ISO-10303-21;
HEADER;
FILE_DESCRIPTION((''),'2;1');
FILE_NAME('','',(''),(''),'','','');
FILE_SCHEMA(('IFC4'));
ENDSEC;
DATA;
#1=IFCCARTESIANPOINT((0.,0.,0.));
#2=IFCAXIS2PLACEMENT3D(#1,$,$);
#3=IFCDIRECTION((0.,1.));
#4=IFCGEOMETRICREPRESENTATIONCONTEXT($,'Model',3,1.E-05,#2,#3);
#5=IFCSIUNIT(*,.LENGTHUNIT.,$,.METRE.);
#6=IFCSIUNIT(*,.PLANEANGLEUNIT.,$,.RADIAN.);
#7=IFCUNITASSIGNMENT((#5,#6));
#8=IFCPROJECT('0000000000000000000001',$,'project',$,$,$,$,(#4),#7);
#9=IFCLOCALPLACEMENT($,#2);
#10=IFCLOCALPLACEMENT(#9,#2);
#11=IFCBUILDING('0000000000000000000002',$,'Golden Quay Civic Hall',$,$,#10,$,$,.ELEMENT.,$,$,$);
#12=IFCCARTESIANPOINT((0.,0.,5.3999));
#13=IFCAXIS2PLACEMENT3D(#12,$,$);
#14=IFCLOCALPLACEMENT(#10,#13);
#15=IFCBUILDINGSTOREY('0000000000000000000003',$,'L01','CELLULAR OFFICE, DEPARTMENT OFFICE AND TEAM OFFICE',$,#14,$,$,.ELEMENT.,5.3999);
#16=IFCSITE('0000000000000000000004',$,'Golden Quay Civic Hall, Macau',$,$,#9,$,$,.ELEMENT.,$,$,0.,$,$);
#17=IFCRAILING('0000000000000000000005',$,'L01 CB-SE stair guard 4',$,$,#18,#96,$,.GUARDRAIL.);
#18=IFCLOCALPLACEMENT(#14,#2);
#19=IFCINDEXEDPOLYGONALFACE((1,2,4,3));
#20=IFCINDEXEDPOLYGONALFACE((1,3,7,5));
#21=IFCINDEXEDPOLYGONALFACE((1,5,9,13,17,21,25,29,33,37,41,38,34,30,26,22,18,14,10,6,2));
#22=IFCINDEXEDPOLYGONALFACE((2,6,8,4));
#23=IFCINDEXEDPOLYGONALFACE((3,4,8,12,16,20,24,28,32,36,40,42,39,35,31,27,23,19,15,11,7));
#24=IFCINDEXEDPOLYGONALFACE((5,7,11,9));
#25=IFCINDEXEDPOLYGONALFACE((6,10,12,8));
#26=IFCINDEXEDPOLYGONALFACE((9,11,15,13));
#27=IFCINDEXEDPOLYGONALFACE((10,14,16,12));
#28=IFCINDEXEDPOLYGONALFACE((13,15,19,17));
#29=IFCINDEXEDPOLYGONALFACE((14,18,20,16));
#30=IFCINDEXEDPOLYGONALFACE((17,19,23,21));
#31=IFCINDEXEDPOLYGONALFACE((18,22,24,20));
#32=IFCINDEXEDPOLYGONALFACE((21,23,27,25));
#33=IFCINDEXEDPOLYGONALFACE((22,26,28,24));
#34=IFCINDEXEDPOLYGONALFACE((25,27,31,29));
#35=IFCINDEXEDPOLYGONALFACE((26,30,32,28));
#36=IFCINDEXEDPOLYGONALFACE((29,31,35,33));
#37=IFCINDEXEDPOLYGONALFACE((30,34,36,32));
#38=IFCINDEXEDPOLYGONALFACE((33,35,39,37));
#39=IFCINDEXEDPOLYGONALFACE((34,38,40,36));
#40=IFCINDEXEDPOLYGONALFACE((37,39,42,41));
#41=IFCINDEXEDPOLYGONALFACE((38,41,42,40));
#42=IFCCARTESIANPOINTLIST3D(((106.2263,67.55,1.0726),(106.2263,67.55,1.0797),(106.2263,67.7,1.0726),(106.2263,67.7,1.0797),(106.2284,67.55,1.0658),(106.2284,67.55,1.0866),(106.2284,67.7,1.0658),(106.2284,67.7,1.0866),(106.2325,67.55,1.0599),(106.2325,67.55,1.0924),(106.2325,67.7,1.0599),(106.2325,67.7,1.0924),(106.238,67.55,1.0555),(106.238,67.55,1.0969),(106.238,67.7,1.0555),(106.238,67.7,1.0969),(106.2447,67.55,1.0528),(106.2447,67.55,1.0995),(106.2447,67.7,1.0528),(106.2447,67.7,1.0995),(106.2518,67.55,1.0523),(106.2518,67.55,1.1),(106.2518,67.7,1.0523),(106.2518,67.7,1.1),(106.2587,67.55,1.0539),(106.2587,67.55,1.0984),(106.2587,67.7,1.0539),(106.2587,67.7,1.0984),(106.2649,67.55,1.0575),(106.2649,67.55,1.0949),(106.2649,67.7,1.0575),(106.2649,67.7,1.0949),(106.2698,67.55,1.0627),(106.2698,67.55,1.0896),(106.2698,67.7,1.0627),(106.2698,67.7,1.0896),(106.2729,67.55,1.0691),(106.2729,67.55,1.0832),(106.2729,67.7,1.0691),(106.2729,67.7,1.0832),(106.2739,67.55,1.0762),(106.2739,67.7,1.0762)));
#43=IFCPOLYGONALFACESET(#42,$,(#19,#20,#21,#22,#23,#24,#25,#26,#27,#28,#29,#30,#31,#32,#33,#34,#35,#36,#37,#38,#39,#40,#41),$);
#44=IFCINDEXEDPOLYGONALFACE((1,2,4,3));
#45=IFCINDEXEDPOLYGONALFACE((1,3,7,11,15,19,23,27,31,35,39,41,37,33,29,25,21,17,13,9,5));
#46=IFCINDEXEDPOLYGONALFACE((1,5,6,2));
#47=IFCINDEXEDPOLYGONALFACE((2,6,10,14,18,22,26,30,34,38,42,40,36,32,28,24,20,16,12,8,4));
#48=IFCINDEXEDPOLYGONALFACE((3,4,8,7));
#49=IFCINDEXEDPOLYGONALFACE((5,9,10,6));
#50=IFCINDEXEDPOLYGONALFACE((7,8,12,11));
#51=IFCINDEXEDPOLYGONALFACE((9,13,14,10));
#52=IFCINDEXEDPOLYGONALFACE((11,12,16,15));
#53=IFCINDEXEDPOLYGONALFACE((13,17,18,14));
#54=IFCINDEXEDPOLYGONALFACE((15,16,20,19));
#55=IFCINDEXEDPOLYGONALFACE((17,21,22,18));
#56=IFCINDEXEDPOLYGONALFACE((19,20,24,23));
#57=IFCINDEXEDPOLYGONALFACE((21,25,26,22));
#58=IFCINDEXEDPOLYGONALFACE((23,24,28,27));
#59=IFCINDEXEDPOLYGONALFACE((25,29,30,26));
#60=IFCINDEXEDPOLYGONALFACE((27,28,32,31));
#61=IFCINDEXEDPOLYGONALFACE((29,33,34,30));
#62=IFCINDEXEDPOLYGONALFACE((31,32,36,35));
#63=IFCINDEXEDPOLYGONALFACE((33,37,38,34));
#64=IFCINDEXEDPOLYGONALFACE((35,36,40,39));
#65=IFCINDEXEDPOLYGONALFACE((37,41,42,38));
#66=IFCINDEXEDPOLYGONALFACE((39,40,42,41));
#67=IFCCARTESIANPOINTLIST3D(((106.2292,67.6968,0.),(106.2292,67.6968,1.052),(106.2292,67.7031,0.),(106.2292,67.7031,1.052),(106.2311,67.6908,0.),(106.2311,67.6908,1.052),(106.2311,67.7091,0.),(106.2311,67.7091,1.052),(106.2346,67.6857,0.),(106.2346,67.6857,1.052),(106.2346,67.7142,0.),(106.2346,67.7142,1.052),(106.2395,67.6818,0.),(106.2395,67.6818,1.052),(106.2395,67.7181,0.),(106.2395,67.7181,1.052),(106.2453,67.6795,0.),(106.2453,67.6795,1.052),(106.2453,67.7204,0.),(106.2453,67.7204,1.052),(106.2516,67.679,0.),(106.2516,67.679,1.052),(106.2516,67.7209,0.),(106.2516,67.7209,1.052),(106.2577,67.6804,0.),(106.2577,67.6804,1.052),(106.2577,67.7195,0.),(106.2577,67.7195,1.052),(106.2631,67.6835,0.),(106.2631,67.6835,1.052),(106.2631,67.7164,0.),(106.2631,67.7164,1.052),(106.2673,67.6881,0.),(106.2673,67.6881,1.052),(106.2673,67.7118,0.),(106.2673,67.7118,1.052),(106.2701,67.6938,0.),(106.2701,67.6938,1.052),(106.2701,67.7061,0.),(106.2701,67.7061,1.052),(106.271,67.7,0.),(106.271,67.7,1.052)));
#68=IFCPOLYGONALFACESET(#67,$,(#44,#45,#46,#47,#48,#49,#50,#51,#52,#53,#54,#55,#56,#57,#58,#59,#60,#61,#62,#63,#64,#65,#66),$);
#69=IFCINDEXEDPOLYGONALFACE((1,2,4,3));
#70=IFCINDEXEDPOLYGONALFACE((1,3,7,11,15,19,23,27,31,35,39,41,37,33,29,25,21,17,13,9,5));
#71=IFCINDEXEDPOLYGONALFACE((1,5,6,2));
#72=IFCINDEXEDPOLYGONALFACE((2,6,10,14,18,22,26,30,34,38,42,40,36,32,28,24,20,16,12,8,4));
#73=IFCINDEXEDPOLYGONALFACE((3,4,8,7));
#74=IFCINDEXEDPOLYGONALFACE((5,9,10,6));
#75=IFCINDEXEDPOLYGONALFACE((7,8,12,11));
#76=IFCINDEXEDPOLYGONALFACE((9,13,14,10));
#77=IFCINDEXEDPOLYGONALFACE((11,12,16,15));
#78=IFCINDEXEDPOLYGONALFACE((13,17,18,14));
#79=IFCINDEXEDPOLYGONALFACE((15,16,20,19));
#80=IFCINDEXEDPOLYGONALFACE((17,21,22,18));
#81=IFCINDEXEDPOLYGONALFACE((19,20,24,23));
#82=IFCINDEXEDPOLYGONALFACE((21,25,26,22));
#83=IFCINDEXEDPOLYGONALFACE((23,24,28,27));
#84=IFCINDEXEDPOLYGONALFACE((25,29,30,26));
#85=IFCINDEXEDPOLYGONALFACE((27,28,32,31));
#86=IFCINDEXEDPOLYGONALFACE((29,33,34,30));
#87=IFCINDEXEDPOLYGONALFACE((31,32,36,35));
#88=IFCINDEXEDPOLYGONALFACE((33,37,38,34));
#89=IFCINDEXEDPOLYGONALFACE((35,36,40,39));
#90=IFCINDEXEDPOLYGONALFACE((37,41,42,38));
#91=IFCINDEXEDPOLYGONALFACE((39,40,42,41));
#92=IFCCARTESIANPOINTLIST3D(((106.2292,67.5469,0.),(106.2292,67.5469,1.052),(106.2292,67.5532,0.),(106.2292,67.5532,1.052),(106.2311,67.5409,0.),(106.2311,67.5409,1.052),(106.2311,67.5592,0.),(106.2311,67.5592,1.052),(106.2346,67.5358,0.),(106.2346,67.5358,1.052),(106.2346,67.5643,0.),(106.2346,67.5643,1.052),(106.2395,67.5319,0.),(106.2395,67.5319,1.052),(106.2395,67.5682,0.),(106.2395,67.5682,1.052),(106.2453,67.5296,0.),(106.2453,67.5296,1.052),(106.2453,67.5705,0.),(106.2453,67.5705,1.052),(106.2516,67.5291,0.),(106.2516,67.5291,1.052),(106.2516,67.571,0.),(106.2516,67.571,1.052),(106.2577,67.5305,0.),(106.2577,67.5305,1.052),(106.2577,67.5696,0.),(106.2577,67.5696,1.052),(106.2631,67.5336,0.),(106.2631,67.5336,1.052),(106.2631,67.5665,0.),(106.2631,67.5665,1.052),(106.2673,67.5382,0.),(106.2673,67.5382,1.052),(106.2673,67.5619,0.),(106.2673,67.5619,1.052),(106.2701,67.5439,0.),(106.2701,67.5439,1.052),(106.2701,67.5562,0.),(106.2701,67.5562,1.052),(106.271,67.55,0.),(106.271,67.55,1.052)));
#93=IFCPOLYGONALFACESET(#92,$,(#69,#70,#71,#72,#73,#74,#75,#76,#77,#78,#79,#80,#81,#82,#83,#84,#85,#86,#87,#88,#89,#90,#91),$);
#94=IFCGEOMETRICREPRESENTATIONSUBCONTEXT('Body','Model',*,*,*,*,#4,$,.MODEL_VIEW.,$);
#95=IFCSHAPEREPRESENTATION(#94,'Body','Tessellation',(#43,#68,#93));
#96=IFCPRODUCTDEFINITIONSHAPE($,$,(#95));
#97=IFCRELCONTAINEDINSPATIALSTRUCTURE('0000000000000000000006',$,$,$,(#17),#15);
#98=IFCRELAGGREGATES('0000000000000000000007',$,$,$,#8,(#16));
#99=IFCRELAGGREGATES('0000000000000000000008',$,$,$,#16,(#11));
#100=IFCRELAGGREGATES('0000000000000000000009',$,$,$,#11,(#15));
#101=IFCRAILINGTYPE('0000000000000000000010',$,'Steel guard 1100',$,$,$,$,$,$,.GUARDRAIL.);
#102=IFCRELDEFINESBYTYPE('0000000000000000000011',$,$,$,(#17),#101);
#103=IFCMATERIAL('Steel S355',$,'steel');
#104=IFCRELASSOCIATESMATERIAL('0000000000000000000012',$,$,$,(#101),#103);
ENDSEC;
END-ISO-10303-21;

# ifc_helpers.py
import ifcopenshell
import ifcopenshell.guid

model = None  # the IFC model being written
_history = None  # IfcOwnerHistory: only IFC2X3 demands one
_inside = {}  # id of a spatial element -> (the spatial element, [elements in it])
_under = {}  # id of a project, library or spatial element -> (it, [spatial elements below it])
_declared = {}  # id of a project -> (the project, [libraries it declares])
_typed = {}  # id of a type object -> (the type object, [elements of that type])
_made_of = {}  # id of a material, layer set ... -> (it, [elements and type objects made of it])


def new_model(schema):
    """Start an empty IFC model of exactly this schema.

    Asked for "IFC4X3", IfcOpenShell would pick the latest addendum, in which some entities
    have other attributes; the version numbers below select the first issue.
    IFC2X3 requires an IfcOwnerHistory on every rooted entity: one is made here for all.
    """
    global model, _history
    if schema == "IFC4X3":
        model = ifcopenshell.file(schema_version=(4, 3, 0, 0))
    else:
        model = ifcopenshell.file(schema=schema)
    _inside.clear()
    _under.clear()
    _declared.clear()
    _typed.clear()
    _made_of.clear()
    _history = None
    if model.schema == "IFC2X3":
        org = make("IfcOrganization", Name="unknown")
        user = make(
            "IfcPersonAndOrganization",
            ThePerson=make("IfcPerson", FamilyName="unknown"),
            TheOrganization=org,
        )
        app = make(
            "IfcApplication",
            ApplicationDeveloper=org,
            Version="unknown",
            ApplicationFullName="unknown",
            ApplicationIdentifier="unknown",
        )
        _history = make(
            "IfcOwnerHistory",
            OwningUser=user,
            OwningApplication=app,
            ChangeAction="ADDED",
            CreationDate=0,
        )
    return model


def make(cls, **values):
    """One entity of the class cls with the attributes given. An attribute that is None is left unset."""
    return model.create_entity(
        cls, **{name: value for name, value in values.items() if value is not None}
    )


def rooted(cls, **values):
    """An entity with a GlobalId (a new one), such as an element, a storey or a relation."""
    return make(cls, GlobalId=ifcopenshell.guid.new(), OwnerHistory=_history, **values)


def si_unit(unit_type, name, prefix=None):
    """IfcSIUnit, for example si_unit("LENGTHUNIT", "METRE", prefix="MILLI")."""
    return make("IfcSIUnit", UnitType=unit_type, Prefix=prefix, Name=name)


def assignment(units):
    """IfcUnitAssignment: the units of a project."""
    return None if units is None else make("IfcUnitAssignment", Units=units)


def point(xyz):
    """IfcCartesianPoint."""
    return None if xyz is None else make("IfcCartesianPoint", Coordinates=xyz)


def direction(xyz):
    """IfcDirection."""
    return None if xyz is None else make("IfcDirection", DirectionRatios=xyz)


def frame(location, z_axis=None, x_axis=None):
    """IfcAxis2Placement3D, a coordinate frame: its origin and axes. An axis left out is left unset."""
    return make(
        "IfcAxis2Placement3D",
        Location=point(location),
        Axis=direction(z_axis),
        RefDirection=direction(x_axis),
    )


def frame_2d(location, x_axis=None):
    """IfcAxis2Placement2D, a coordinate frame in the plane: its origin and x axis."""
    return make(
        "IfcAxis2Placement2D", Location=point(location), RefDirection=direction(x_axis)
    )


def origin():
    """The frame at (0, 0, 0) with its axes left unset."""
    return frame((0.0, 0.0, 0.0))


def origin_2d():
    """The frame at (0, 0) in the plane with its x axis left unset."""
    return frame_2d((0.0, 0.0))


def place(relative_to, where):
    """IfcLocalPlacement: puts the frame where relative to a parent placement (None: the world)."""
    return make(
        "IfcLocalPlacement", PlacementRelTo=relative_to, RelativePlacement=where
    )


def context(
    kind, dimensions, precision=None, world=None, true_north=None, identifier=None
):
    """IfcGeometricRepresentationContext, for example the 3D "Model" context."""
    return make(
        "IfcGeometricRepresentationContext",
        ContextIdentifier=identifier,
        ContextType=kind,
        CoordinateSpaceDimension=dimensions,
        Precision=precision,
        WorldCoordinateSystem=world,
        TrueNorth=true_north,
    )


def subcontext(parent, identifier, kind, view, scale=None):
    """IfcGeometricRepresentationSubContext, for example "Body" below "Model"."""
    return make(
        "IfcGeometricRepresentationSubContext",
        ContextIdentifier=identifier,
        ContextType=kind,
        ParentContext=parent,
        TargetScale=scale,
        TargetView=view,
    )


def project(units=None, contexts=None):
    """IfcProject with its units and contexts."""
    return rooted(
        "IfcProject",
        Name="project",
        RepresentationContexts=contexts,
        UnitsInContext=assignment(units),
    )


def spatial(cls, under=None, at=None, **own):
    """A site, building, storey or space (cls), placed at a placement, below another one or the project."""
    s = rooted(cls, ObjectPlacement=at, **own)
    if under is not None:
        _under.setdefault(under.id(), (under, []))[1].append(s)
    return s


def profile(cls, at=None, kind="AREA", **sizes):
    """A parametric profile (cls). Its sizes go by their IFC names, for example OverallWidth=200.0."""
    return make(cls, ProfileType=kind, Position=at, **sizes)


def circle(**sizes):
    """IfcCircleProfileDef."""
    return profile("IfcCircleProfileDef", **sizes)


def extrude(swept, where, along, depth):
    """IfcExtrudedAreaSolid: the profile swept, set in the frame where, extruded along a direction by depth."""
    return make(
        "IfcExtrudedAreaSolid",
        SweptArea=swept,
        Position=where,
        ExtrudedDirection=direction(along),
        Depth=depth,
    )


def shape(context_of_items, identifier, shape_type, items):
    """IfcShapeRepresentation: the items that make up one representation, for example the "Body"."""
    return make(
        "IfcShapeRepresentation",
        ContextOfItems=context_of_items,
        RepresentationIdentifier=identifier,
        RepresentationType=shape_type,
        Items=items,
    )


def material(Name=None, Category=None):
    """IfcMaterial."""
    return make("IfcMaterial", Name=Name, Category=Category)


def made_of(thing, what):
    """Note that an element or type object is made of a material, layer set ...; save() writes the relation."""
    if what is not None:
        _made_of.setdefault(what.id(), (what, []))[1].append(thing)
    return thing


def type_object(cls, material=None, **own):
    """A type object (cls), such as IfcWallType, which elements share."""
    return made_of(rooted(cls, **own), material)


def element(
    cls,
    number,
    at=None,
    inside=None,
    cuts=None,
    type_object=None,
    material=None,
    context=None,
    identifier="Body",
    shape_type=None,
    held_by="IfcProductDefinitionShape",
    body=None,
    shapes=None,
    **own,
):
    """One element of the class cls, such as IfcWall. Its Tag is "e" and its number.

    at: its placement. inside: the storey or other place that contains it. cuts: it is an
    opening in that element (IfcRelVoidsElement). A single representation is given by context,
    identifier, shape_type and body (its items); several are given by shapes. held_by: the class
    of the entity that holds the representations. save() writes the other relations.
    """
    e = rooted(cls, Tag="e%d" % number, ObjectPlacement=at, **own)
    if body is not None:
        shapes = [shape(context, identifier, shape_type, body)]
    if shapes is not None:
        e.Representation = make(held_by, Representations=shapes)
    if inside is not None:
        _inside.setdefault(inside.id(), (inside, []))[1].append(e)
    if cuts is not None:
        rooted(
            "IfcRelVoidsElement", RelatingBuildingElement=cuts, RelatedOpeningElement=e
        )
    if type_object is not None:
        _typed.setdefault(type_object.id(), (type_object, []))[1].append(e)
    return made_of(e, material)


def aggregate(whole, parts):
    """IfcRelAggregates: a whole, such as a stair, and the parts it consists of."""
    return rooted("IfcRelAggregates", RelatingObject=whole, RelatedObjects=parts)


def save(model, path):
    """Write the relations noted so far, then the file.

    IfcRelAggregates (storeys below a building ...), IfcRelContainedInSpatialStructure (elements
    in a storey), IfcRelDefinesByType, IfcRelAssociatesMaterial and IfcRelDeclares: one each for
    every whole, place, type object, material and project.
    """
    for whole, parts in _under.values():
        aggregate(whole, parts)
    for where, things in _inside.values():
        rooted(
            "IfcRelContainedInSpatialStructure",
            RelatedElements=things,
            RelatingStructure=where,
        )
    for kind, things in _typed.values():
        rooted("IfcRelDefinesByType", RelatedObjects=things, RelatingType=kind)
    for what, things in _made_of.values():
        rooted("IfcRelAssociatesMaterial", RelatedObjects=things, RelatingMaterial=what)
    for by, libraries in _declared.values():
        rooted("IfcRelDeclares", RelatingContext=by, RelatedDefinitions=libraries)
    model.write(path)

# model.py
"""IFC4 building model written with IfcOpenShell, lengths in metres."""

from ifc_helpers import new_model, si_unit, direction, frame, origin, origin_2d, place, context, subcontext, project, spatial, circle, extrude, material, type_object, element, save


model = new_model("IFC4")

# Units and contexts
model_context = context("Model", 3, precision=1e-05, world=origin(), true_north=direction((0.0, 1.0)))
body_context = subcontext(model_context, "Body", "Model", "MODEL_VIEW")
ifc_project = project(units=[si_unit("LENGTHUNIT", "METRE"), si_unit("PLANEANGLEUNIT", "RADIAN")], contexts=[model_context])

# Site, building, storey
site_placement = place(None, origin())
site = spatial("IfcSite", under=ifc_project, at=site_placement, Name="Golden Quay Civic Hall, Macau", CompositionType="ELEMENT", RefElevation=0.0)
building_placement = place(site_placement, origin())
building = spatial("IfcBuilding", under=site, at=building_placement, Name="Golden Quay Civic Hall", CompositionType="ELEMENT")
storey_placement = place(building_placement, frame((0.0, 0.0, 5.3999)))
storey = spatial("IfcBuildingStorey", under=building, at=storey_placement, Name="L01", Description="CELLULAR OFFICE, DEPARTMENT OFFICE AND TEAM OFFICE", CompositionType="ELEMENT", Elevation=5.3999)

# Railing
ifc_material_1 = material(Name="Steel S355", Category="steel")
railing_type = type_object("IfcRailingType", Name="Steel guard 1100", PredefinedType="GUARDRAIL", material=ifc_material_1)
railing_1_placement = place(storey_placement, frame((106.25, 67.7, 0.0)))
element("IfcRailing", 1, at=railing_1_placement, inside=storey, type_object=railing_type, Name="L01 CB-SE stair guard 4", PredefinedType="GUARDRAIL", context=body_context, shape_type="SweptSolid", body=[
    extrude(circle(Radius=0.0239, at=origin_2d()), frame((0.0, 0.0, 1.0762), z_axis=(0.0, -1.0, 0.0), x_axis=(1.0, 0.0, 0.0)), (0.0, 0.0, 1.0), 0.1499),
    extrude(circle(Radius=0.021, at=origin_2d()), origin(), (0.0, 0.0, 1.0), 1.052),
    extrude(circle(Radius=0.021, at=origin_2d()), frame((0.0, -0.1499, 0.0)), (0.0, 0.0, 1.0), 1.052),
])

save(model, "model.ifc")
